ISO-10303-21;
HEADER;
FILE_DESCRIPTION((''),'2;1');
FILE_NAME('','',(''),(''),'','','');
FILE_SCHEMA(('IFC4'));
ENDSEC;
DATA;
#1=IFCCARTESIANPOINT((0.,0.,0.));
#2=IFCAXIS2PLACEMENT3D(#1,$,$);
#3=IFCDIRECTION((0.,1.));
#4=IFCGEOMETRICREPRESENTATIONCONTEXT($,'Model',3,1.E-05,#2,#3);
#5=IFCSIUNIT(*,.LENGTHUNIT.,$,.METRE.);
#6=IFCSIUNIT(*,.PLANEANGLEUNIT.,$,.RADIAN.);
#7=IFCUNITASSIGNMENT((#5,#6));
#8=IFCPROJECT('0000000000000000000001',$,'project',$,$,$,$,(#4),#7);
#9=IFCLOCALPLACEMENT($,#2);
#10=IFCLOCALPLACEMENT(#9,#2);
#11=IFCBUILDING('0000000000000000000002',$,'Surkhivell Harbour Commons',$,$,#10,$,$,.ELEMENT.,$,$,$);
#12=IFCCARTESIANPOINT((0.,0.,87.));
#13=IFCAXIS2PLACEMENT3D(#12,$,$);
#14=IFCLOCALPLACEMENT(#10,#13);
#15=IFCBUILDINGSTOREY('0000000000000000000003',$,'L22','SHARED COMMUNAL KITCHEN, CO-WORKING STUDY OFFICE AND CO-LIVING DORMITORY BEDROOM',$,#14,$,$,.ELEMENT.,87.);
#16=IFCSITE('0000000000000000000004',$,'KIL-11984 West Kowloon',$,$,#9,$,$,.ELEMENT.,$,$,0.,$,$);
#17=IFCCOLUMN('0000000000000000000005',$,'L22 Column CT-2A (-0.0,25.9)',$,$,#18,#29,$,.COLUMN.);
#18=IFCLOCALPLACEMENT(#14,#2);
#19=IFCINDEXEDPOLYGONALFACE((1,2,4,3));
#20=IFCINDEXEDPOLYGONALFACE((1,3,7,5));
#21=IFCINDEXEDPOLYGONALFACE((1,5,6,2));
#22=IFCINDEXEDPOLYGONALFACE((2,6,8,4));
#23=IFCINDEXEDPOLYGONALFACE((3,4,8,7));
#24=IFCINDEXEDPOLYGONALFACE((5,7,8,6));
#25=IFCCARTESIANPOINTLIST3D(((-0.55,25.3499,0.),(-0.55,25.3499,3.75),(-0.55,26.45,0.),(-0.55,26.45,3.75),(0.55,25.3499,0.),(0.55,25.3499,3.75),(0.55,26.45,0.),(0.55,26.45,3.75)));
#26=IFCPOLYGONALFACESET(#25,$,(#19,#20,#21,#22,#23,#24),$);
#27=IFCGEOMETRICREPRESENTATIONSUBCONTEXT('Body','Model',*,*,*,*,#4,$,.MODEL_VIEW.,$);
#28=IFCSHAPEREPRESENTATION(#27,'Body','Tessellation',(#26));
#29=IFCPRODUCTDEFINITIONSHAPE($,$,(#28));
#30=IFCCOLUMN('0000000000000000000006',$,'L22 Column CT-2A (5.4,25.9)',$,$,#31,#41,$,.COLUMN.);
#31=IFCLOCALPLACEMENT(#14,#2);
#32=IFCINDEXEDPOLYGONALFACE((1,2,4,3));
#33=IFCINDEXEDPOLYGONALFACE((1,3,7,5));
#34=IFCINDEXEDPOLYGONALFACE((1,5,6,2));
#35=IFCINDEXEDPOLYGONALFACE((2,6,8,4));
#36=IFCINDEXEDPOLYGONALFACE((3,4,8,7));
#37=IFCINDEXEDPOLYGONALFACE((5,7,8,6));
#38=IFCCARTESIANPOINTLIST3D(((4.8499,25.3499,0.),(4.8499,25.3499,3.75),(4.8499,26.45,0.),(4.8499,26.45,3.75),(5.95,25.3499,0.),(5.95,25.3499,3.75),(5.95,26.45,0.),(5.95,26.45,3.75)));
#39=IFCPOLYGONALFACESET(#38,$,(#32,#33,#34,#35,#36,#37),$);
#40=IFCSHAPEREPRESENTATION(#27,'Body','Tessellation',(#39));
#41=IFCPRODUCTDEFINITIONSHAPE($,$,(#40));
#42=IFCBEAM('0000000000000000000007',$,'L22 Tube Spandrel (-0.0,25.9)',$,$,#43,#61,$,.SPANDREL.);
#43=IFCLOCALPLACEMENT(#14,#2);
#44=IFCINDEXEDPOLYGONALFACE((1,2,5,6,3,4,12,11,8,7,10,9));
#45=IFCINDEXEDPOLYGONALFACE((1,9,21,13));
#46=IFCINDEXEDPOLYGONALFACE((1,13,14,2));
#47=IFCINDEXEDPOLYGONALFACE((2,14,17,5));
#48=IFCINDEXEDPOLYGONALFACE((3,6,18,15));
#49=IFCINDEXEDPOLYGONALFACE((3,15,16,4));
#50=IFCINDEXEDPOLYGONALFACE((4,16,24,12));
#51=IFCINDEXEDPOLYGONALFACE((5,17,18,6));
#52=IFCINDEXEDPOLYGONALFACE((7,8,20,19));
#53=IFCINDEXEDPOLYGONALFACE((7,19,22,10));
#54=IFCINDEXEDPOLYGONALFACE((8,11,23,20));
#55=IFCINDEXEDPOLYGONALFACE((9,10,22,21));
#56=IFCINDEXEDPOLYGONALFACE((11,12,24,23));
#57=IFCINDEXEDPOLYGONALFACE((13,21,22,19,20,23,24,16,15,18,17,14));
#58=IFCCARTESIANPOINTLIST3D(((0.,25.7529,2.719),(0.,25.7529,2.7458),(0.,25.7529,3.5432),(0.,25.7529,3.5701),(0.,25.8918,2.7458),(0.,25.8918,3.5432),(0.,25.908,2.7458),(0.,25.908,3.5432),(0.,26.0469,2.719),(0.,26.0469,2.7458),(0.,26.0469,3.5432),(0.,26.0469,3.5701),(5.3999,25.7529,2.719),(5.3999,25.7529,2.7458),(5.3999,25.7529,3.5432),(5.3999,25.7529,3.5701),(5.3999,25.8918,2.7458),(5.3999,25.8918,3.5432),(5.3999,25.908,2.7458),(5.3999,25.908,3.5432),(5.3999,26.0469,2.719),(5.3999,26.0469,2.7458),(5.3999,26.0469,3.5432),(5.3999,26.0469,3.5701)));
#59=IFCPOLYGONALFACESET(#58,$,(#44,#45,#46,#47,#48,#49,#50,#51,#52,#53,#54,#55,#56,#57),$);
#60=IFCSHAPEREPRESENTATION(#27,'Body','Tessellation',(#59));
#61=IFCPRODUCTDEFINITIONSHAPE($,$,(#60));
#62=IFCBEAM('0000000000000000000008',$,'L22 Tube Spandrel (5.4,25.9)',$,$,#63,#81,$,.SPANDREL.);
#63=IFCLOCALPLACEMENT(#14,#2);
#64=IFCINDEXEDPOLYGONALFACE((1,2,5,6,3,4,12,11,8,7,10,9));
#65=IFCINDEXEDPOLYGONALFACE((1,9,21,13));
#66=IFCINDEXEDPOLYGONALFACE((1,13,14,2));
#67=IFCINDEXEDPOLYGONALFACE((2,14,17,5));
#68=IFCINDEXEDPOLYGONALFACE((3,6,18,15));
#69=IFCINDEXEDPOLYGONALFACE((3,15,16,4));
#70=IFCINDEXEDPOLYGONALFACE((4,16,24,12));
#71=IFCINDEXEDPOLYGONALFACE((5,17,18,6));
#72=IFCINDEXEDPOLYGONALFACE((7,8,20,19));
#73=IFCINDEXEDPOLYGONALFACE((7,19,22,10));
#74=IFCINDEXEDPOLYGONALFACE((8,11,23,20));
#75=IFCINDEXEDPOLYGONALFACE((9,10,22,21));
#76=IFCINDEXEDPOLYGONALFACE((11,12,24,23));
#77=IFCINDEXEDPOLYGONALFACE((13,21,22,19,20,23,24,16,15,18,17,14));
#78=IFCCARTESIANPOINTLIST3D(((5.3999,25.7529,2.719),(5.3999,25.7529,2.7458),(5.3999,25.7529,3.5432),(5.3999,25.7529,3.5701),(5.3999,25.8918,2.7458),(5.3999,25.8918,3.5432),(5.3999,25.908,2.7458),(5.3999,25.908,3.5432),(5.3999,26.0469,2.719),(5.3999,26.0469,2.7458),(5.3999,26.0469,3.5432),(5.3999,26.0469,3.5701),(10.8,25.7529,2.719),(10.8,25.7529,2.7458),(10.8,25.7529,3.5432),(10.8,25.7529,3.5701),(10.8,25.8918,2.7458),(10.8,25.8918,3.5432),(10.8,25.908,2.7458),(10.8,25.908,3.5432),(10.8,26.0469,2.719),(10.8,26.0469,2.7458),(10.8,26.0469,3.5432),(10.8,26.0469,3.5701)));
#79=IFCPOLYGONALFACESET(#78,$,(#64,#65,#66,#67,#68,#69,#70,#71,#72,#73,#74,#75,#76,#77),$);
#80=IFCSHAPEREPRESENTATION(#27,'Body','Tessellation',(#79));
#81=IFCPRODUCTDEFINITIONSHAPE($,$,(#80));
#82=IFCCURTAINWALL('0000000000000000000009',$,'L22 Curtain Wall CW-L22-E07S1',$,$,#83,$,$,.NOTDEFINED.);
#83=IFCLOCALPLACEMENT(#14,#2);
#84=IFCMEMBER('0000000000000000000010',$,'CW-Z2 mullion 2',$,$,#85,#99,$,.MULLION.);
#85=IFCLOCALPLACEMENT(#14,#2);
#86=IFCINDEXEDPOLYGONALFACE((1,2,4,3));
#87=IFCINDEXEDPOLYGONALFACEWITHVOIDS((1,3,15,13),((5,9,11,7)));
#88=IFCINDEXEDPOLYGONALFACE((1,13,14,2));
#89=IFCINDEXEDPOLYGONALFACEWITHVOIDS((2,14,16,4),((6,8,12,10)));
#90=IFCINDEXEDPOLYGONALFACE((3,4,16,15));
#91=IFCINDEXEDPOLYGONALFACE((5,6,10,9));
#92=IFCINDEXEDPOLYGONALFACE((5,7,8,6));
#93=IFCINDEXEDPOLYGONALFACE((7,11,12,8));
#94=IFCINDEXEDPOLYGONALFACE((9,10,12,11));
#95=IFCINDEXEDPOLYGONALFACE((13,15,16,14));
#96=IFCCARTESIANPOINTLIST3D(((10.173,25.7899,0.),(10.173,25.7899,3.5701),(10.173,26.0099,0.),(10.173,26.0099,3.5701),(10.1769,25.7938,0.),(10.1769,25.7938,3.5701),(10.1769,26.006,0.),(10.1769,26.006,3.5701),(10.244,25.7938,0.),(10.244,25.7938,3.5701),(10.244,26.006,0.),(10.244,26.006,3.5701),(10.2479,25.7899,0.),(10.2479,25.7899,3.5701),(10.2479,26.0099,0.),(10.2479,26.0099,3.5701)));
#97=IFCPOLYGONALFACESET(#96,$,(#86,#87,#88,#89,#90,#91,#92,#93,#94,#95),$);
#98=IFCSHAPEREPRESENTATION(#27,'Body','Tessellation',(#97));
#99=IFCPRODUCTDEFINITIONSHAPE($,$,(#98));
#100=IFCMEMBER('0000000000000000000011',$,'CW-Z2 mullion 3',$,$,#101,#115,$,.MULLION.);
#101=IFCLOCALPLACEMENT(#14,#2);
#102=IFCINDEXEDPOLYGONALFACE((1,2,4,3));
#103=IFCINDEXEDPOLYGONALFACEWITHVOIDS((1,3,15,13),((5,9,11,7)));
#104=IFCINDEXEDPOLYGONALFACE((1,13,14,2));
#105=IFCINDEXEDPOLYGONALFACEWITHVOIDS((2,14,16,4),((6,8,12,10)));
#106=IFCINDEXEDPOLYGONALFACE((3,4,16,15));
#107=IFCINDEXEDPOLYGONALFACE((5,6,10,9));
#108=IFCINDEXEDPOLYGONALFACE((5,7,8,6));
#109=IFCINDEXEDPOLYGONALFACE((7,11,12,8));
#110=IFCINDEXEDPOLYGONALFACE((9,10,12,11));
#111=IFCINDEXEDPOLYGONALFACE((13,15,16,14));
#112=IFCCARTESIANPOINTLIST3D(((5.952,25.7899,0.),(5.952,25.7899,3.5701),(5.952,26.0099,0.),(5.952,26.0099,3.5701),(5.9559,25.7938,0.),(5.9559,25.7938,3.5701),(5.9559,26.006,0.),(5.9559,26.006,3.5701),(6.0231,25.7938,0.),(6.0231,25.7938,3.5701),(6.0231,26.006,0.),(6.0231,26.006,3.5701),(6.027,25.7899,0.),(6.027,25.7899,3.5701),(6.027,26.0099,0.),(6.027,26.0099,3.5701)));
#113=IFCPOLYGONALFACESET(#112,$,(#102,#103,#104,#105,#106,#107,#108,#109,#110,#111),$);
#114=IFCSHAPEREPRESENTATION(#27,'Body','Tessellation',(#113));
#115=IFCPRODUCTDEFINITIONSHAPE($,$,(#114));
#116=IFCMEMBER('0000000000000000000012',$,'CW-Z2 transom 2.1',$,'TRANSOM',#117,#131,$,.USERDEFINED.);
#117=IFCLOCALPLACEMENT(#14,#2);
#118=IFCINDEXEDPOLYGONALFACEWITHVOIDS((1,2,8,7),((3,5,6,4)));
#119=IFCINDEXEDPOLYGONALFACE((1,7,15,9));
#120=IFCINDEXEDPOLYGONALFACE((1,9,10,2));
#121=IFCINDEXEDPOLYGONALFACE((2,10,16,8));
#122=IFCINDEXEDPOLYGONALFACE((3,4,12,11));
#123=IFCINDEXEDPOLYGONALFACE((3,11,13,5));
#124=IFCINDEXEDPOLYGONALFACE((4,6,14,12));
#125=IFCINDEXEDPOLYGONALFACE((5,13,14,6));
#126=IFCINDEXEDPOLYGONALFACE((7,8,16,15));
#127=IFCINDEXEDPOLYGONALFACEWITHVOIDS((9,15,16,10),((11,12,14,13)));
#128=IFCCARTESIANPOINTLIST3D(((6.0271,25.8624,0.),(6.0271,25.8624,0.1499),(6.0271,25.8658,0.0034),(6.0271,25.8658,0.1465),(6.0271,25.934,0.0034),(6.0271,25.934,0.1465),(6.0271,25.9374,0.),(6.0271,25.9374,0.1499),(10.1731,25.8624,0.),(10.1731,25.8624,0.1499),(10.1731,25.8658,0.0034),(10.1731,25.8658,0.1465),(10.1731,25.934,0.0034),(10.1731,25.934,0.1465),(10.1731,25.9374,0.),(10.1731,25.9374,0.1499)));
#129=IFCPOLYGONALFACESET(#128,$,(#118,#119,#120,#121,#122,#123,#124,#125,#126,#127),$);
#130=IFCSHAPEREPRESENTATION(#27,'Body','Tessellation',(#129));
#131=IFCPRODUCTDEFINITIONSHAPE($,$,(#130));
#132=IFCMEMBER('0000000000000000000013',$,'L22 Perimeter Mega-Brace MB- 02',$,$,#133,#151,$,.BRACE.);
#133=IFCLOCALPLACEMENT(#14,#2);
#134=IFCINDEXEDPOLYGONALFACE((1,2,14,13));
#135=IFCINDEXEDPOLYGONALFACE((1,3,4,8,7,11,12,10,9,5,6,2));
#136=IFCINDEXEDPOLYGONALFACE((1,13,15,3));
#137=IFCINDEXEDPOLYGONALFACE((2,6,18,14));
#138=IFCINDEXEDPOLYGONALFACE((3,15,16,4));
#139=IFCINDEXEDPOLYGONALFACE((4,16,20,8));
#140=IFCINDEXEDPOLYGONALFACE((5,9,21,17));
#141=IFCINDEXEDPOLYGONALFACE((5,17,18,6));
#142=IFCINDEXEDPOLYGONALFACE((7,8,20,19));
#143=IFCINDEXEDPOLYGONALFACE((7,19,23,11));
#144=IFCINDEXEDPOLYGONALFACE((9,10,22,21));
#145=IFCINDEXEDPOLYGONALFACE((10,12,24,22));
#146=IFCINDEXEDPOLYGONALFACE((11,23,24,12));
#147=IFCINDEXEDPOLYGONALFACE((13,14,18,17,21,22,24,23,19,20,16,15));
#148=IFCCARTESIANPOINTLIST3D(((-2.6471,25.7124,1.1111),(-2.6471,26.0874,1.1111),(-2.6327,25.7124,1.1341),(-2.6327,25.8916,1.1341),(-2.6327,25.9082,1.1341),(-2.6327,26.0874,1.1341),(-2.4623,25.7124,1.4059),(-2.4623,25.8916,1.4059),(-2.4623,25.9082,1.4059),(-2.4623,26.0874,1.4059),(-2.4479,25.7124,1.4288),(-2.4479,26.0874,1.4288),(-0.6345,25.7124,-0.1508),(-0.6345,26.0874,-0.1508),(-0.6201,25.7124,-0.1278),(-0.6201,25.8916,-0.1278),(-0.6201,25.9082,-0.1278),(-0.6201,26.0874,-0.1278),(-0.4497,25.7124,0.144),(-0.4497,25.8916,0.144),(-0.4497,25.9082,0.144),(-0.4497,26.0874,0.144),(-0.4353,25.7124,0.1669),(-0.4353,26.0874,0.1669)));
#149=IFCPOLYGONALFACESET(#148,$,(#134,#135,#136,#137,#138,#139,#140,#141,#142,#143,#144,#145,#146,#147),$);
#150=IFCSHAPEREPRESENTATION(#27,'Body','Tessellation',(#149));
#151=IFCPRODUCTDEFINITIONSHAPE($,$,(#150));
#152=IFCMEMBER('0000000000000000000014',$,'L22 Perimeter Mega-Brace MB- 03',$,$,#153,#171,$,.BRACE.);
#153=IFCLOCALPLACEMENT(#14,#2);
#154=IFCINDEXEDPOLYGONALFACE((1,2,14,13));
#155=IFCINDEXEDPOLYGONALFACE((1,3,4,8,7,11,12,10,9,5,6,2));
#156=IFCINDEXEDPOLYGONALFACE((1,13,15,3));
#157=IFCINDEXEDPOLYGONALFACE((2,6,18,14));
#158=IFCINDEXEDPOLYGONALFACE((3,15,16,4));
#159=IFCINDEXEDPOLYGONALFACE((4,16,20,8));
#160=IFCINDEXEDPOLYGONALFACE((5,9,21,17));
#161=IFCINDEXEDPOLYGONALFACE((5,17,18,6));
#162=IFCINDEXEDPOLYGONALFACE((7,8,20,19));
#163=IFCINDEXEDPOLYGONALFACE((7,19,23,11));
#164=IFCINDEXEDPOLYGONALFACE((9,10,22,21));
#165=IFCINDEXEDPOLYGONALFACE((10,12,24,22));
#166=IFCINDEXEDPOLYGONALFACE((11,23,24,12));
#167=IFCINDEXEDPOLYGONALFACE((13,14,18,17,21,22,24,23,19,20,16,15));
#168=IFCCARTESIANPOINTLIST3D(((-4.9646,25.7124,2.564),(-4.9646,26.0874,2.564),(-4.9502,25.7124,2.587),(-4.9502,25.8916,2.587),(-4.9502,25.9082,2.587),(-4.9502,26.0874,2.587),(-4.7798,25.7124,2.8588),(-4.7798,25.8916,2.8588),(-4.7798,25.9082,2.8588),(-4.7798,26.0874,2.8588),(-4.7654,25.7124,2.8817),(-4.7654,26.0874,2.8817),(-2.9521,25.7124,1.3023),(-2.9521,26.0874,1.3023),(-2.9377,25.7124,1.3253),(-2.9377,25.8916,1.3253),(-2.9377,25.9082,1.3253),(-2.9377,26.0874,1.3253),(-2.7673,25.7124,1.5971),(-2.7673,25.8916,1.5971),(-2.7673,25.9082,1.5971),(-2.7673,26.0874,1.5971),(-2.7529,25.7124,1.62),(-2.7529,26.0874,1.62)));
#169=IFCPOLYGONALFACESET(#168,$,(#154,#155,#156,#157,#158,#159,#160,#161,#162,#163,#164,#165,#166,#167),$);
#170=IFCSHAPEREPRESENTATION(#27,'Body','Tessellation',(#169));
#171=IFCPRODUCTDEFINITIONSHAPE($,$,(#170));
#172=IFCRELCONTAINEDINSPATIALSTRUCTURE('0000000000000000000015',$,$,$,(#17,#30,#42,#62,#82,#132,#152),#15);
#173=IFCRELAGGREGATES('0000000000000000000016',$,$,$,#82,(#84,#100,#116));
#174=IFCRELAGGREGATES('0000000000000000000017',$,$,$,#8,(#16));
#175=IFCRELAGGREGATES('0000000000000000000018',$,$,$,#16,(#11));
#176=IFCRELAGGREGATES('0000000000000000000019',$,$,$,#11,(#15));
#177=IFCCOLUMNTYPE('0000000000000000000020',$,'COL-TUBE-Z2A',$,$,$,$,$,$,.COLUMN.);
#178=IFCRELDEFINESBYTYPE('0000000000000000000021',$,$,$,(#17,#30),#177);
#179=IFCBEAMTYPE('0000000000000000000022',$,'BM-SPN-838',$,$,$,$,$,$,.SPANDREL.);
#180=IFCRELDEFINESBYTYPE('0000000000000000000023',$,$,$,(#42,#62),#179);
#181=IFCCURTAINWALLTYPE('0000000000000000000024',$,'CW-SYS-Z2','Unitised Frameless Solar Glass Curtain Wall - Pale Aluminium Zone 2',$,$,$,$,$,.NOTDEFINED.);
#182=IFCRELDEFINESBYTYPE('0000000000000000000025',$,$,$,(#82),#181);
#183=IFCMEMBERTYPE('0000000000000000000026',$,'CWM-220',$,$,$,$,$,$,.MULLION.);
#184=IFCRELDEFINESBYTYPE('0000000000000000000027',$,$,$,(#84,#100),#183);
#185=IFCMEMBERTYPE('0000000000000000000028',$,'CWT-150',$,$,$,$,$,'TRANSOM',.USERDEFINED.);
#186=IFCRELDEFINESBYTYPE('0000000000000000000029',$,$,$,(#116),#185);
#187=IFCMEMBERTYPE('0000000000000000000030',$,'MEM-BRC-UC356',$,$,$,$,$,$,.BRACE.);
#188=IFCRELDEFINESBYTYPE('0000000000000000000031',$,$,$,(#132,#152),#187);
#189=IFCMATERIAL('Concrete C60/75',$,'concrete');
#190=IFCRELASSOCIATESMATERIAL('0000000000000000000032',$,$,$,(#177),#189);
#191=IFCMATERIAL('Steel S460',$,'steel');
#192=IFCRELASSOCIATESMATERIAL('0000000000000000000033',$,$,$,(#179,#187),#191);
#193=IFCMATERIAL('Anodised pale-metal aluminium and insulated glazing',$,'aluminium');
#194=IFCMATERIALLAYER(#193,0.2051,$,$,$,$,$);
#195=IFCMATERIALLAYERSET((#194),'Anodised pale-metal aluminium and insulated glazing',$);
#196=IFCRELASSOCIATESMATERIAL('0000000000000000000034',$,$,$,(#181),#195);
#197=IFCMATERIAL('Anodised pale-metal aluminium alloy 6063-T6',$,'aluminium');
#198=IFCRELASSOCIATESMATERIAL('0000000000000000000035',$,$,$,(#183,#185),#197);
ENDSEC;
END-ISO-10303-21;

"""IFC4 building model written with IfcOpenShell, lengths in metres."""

from ifc_helpers import new_model, si_unit, direction, frame, origin, origin_2d, place, context, subcontext, project, spatial, rectangle, hollow_rectangle, i_section, extrude, material, layer, layer_set, material_profile, profile_set, type_object, element, aggregate, save


model = new_model("IFC4")

# Units and contexts
model_context = context("Model", 3, precision=1e-05, world=origin(), true_north=direction((0.0, 1.0)))
body_context = subcontext(model_context, "Body", "Model", "MODEL_VIEW")
ifc_project = project(units=[si_unit("LENGTHUNIT", "METRE"), si_unit("PLANEANGLEUNIT", "RADIAN")], contexts=[model_context])

# Site, building, storey
site_placement = place(None, origin())
site = spatial("IfcSite", under=ifc_project, at=site_placement, Name="KIL-11984 West Kowloon", CompositionType="ELEMENT", RefElevation=0.0)
building_placement = place(site_placement, origin())
building = spatial("IfcBuilding", under=site, at=building_placement, Name="Surkhivell Harbour Commons", CompositionType="ELEMENT")
storey_placement = place(building_placement, frame((0.0, 0.0, 87.0)))
storey = spatial("IfcBuildingStorey", under=building, at=storey_placement, Name="L22", Description="SHARED COMMUNAL KITCHEN, CO-WORKING STUDY OFFICE AND CO-LIVING DORMITORY BEDROOM", CompositionType="ELEMENT", Elevation=87.0)

# Columns
ifc_material_1 = material(Name="Concrete C60/75", Category="concrete")
ifc_material_profile_1 = material_profile(ifc_material_1, rectangle(XDim=1.1001, YDim=1.1001, at=origin_2d()), Name="RC-COL-1100x1100")
ifc_profile_set_1 = profile_set([ifc_material_profile_1], Name="Concrete C60/75")
column_type = type_object("IfcColumnType", Name="COL-TUBE-Z2A", PredefinedType="COLUMN", material=ifc_profile_set_1)
for number, where, z_axis, x_axis, name in (
    (1, (0.0, 25.8999, 0.0), (0.0, 0.0, 1.0), (1.0, 0.0, 0.0), "L22 Column CT-2A (-0.0,25.9)"),
    (2, (5.3999, 25.8999, 0.0), (0.0, 0.0, 1.0), (1.0, 0.0, 0.0), "L22 Column CT-2A (5.4,25.9)"),
):
    element("IfcColumn", number, at=place(storey_placement, frame(where, z_axis=z_axis, x_axis=x_axis)), inside=storey, type_object=column_type, Name=name, PredefinedType="COLUMN", context=body_context, shape_type="SweptSolid", body=[
        extrude(rectangle(XDim=1.1001, YDim=1.1001, at=origin_2d()), origin(), (0.0, 0.0, 1.0), 3.75),
    ])

# Beams
ifc_material_2 = material(Name="Steel S460", Category="steel")
ifc_material_profile_2 = material_profile(ifc_material_2, i_section(OverallWidth=0.2939, OverallDepth=0.8511, WebThickness=0.0161, FlangeThickness=0.0269, at=origin_2d()), Name="UB838x292x226")
ifc_profile_set_2 = profile_set([ifc_material_profile_2], Name="Steel S460")
beam_type = type_object("IfcBeamType", Name="BM-SPN-838", PredefinedType="SPANDREL", material=ifc_profile_set_2)
beam_1_placement = place(storey_placement, frame((0.0, 25.8999, 3.1445), z_axis=(1.0, 0.0, 0.0), x_axis=(0.0, 1.0, 0.0)))
element("IfcBeam", 3, at=beam_1_placement, inside=storey, type_object=beam_type, Name="L22 Tube Spandrel (-0.0,25.9)", PredefinedType="SPANDREL", context=body_context, shape_type="SweptSolid", body=[
    extrude(i_section(OverallWidth=0.2939, OverallDepth=0.8511, WebThickness=0.0161, FlangeThickness=0.0269, at=origin_2d()), origin(), (0.0, 0.0, 1.0), 5.3999),
])
beam_2_placement = place(storey_placement, frame((5.3999, 25.8999, 3.1445), z_axis=(1.0, 0.0, 0.0), x_axis=(0.0, 1.0, 0.0)))
element("IfcBeam", 4, at=beam_2_placement, inside=storey, type_object=beam_type, Name="L22 Tube Spandrel (5.4,25.9)", PredefinedType="SPANDREL", context=body_context, shape_type="SweptSolid", body=[
    extrude(i_section(OverallWidth=0.2939, OverallDepth=0.8511, WebThickness=0.0161, FlangeThickness=0.0269, at=origin_2d()), origin(), (0.0, 0.0, 1.0), 5.4001),
])

# Curtain wall, members
ifc_material_3 = material(Name="Anodised pale-metal aluminium and insulated glazing", Category="aluminium")
ifc_layer_1 = layer(ifc_material_3, 0.2051)
ifc_layer_set_1 = layer_set([ifc_layer_1], Name="Anodised pale-metal aluminium and insulated glazing")
curtain_wall_type = type_object("IfcCurtainWallType", Name="CW-SYS-Z2", Description="Unitised Frameless Solar Glass Curtain Wall - Pale Aluminium Zone 2", PredefinedType="NOTDEFINED", material=ifc_layer_set_1)
curtain_wall_placement = place(storey_placement, origin())
curtain_wall = element("IfcCurtainWall", 5, at=curtain_wall_placement, inside=storey, type_object=curtain_wall_type, Name="L22 Curtain Wall CW-L22-E07S1", PredefinedType="NOTDEFINED")
ifc_material_4 = material(Name="Anodised pale-metal aluminium alloy 6063-T6", Category="aluminium")
ifc_material_profile_3 = material_profile(ifc_material_4, hollow_rectangle(XDim=0.075, YDim=0.22, WallThickness=0.0039, at=origin_2d()), Name="ALU-MULL-75x220")
ifc_profile_set_3 = profile_set([ifc_material_profile_3], Name="Anodised pale-metal aluminium alloy 6063-T6")
member_type_1 = type_object("IfcMemberType", Name="CWM-220", PredefinedType="MULLION", material=ifc_profile_set_3)
member_1_placement = place(storey_placement, frame((10.2104, 25.8999, 0.0), z_axis=(0.0, 0.0, 1.0), x_axis=(-1.0, 0.0, 0.0)))
member_1 = element("IfcMember", 6, at=member_1_placement, type_object=member_type_1, Name="CW-Z2 mullion 2", PredefinedType="MULLION", context=body_context, shape_type="SweptSolid", body=[
    extrude(hollow_rectangle(XDim=0.075, YDim=0.22, WallThickness=0.0039, at=origin_2d()), origin(), (0.0, 0.0, 1.0), 3.5701),
])
member_2_placement = place(storey_placement, frame((5.9895, 25.8999, 0.0), z_axis=(0.0, 0.0, 1.0), x_axis=(-1.0, 0.0, 0.0)))
member_2 = element("IfcMember", 7, at=member_2_placement, type_object=member_type_1, Name="CW-Z2 mullion 3", PredefinedType="MULLION", context=body_context, shape_type="SweptSolid", body=[
    extrude(hollow_rectangle(XDim=0.075, YDim=0.22, WallThickness=0.0039, at=origin_2d()), origin(), (0.0, 0.0, 1.0), 3.5701),
])
ifc_material_profile_4 = material_profile(ifc_material_4, hollow_rectangle(XDim=0.075, YDim=0.1499, WallThickness=0.0034, at=origin_2d()), Name="ALU-TRAN-75x150")
ifc_profile_set_4 = profile_set([ifc_material_profile_4], Name="Anodised pale-metal aluminium alloy 6063-T6")
member_type_2 = type_object("IfcMemberType", Name="CWT-150", ElementType="TRANSOM", PredefinedType="USERDEFINED", material=ifc_profile_set_4)
member_3_placement = place(storey_placement, frame((10.1731, 25.8999, 0.075), z_axis=(-1.0, 0.0, 0.0), x_axis=(0.0, -1.0, 0.0)))
member_3 = element("IfcMember", 8, at=member_3_placement, type_object=member_type_2, Name="CW-Z2 transom 2.1", ObjectType="TRANSOM", PredefinedType="USERDEFINED", context=body_context, shape_type="SweptSolid", body=[
    extrude(hollow_rectangle(XDim=0.075, YDim=0.1499, WallThickness=0.0034, at=origin_2d()), origin(), (0.0, 0.0, 1.0), 4.146),
])

# Members
ifc_material_profile_5 = material_profile(ifc_material_2, i_section(OverallWidth=0.375, OverallDepth=0.375, WebThickness=0.0166, FlangeThickness=0.0271, at=origin_2d()), Name="UC356x368x202")
ifc_profile_set_5 = profile_set([ifc_material_profile_5], Name="Steel S460")
member_type_3 = type_object("IfcMemberType", Name="MEM-BRC-UC356", PredefinedType="BRACE", material=ifc_profile_set_5)
member_4_placement = place(storey_placement, frame((-0.5349, 25.8999, 0.0081), z_axis=(-0.847235, 0.0, 0.531218), x_axis=(0.0, -1.0, 0.0)))
element("IfcMember", 9, at=member_4_placement, inside=storey, type_object=member_type_3, Name="L22 Perimeter Mega-Brace MB- 02", PredefinedType="BRACE", context=body_context, shape_type="SweptSolid", body=[
    extrude(i_section(OverallWidth=0.375, OverallDepth=0.375, WebThickness=0.0166, FlangeThickness=0.0271, at=origin_2d()), origin(), (0.0, 0.0, 1.0), 2.3755),
])
member_5_placement = place(storey_placement, frame((-2.8525, 25.8999, 1.4612), z_axis=(-0.847253, 0.0, 0.53119), x_axis=(0.0, -1.0, 0.0)))
element("IfcMember", 10, at=member_5_placement, inside=storey, type_object=member_type_3, Name="L22 Perimeter Mega-Brace MB- 03", PredefinedType="BRACE", context=body_context, shape_type="SweptSolid", body=[
    extrude(i_section(OverallWidth=0.375, OverallDepth=0.375, WebThickness=0.0166, FlangeThickness=0.0271, at=origin_2d()), origin(), (0.0, 0.0, 1.0), 2.3752),
])

aggregate(curtain_wall, [member_1, member_2, member_3])

save(model, "model.ifc")
